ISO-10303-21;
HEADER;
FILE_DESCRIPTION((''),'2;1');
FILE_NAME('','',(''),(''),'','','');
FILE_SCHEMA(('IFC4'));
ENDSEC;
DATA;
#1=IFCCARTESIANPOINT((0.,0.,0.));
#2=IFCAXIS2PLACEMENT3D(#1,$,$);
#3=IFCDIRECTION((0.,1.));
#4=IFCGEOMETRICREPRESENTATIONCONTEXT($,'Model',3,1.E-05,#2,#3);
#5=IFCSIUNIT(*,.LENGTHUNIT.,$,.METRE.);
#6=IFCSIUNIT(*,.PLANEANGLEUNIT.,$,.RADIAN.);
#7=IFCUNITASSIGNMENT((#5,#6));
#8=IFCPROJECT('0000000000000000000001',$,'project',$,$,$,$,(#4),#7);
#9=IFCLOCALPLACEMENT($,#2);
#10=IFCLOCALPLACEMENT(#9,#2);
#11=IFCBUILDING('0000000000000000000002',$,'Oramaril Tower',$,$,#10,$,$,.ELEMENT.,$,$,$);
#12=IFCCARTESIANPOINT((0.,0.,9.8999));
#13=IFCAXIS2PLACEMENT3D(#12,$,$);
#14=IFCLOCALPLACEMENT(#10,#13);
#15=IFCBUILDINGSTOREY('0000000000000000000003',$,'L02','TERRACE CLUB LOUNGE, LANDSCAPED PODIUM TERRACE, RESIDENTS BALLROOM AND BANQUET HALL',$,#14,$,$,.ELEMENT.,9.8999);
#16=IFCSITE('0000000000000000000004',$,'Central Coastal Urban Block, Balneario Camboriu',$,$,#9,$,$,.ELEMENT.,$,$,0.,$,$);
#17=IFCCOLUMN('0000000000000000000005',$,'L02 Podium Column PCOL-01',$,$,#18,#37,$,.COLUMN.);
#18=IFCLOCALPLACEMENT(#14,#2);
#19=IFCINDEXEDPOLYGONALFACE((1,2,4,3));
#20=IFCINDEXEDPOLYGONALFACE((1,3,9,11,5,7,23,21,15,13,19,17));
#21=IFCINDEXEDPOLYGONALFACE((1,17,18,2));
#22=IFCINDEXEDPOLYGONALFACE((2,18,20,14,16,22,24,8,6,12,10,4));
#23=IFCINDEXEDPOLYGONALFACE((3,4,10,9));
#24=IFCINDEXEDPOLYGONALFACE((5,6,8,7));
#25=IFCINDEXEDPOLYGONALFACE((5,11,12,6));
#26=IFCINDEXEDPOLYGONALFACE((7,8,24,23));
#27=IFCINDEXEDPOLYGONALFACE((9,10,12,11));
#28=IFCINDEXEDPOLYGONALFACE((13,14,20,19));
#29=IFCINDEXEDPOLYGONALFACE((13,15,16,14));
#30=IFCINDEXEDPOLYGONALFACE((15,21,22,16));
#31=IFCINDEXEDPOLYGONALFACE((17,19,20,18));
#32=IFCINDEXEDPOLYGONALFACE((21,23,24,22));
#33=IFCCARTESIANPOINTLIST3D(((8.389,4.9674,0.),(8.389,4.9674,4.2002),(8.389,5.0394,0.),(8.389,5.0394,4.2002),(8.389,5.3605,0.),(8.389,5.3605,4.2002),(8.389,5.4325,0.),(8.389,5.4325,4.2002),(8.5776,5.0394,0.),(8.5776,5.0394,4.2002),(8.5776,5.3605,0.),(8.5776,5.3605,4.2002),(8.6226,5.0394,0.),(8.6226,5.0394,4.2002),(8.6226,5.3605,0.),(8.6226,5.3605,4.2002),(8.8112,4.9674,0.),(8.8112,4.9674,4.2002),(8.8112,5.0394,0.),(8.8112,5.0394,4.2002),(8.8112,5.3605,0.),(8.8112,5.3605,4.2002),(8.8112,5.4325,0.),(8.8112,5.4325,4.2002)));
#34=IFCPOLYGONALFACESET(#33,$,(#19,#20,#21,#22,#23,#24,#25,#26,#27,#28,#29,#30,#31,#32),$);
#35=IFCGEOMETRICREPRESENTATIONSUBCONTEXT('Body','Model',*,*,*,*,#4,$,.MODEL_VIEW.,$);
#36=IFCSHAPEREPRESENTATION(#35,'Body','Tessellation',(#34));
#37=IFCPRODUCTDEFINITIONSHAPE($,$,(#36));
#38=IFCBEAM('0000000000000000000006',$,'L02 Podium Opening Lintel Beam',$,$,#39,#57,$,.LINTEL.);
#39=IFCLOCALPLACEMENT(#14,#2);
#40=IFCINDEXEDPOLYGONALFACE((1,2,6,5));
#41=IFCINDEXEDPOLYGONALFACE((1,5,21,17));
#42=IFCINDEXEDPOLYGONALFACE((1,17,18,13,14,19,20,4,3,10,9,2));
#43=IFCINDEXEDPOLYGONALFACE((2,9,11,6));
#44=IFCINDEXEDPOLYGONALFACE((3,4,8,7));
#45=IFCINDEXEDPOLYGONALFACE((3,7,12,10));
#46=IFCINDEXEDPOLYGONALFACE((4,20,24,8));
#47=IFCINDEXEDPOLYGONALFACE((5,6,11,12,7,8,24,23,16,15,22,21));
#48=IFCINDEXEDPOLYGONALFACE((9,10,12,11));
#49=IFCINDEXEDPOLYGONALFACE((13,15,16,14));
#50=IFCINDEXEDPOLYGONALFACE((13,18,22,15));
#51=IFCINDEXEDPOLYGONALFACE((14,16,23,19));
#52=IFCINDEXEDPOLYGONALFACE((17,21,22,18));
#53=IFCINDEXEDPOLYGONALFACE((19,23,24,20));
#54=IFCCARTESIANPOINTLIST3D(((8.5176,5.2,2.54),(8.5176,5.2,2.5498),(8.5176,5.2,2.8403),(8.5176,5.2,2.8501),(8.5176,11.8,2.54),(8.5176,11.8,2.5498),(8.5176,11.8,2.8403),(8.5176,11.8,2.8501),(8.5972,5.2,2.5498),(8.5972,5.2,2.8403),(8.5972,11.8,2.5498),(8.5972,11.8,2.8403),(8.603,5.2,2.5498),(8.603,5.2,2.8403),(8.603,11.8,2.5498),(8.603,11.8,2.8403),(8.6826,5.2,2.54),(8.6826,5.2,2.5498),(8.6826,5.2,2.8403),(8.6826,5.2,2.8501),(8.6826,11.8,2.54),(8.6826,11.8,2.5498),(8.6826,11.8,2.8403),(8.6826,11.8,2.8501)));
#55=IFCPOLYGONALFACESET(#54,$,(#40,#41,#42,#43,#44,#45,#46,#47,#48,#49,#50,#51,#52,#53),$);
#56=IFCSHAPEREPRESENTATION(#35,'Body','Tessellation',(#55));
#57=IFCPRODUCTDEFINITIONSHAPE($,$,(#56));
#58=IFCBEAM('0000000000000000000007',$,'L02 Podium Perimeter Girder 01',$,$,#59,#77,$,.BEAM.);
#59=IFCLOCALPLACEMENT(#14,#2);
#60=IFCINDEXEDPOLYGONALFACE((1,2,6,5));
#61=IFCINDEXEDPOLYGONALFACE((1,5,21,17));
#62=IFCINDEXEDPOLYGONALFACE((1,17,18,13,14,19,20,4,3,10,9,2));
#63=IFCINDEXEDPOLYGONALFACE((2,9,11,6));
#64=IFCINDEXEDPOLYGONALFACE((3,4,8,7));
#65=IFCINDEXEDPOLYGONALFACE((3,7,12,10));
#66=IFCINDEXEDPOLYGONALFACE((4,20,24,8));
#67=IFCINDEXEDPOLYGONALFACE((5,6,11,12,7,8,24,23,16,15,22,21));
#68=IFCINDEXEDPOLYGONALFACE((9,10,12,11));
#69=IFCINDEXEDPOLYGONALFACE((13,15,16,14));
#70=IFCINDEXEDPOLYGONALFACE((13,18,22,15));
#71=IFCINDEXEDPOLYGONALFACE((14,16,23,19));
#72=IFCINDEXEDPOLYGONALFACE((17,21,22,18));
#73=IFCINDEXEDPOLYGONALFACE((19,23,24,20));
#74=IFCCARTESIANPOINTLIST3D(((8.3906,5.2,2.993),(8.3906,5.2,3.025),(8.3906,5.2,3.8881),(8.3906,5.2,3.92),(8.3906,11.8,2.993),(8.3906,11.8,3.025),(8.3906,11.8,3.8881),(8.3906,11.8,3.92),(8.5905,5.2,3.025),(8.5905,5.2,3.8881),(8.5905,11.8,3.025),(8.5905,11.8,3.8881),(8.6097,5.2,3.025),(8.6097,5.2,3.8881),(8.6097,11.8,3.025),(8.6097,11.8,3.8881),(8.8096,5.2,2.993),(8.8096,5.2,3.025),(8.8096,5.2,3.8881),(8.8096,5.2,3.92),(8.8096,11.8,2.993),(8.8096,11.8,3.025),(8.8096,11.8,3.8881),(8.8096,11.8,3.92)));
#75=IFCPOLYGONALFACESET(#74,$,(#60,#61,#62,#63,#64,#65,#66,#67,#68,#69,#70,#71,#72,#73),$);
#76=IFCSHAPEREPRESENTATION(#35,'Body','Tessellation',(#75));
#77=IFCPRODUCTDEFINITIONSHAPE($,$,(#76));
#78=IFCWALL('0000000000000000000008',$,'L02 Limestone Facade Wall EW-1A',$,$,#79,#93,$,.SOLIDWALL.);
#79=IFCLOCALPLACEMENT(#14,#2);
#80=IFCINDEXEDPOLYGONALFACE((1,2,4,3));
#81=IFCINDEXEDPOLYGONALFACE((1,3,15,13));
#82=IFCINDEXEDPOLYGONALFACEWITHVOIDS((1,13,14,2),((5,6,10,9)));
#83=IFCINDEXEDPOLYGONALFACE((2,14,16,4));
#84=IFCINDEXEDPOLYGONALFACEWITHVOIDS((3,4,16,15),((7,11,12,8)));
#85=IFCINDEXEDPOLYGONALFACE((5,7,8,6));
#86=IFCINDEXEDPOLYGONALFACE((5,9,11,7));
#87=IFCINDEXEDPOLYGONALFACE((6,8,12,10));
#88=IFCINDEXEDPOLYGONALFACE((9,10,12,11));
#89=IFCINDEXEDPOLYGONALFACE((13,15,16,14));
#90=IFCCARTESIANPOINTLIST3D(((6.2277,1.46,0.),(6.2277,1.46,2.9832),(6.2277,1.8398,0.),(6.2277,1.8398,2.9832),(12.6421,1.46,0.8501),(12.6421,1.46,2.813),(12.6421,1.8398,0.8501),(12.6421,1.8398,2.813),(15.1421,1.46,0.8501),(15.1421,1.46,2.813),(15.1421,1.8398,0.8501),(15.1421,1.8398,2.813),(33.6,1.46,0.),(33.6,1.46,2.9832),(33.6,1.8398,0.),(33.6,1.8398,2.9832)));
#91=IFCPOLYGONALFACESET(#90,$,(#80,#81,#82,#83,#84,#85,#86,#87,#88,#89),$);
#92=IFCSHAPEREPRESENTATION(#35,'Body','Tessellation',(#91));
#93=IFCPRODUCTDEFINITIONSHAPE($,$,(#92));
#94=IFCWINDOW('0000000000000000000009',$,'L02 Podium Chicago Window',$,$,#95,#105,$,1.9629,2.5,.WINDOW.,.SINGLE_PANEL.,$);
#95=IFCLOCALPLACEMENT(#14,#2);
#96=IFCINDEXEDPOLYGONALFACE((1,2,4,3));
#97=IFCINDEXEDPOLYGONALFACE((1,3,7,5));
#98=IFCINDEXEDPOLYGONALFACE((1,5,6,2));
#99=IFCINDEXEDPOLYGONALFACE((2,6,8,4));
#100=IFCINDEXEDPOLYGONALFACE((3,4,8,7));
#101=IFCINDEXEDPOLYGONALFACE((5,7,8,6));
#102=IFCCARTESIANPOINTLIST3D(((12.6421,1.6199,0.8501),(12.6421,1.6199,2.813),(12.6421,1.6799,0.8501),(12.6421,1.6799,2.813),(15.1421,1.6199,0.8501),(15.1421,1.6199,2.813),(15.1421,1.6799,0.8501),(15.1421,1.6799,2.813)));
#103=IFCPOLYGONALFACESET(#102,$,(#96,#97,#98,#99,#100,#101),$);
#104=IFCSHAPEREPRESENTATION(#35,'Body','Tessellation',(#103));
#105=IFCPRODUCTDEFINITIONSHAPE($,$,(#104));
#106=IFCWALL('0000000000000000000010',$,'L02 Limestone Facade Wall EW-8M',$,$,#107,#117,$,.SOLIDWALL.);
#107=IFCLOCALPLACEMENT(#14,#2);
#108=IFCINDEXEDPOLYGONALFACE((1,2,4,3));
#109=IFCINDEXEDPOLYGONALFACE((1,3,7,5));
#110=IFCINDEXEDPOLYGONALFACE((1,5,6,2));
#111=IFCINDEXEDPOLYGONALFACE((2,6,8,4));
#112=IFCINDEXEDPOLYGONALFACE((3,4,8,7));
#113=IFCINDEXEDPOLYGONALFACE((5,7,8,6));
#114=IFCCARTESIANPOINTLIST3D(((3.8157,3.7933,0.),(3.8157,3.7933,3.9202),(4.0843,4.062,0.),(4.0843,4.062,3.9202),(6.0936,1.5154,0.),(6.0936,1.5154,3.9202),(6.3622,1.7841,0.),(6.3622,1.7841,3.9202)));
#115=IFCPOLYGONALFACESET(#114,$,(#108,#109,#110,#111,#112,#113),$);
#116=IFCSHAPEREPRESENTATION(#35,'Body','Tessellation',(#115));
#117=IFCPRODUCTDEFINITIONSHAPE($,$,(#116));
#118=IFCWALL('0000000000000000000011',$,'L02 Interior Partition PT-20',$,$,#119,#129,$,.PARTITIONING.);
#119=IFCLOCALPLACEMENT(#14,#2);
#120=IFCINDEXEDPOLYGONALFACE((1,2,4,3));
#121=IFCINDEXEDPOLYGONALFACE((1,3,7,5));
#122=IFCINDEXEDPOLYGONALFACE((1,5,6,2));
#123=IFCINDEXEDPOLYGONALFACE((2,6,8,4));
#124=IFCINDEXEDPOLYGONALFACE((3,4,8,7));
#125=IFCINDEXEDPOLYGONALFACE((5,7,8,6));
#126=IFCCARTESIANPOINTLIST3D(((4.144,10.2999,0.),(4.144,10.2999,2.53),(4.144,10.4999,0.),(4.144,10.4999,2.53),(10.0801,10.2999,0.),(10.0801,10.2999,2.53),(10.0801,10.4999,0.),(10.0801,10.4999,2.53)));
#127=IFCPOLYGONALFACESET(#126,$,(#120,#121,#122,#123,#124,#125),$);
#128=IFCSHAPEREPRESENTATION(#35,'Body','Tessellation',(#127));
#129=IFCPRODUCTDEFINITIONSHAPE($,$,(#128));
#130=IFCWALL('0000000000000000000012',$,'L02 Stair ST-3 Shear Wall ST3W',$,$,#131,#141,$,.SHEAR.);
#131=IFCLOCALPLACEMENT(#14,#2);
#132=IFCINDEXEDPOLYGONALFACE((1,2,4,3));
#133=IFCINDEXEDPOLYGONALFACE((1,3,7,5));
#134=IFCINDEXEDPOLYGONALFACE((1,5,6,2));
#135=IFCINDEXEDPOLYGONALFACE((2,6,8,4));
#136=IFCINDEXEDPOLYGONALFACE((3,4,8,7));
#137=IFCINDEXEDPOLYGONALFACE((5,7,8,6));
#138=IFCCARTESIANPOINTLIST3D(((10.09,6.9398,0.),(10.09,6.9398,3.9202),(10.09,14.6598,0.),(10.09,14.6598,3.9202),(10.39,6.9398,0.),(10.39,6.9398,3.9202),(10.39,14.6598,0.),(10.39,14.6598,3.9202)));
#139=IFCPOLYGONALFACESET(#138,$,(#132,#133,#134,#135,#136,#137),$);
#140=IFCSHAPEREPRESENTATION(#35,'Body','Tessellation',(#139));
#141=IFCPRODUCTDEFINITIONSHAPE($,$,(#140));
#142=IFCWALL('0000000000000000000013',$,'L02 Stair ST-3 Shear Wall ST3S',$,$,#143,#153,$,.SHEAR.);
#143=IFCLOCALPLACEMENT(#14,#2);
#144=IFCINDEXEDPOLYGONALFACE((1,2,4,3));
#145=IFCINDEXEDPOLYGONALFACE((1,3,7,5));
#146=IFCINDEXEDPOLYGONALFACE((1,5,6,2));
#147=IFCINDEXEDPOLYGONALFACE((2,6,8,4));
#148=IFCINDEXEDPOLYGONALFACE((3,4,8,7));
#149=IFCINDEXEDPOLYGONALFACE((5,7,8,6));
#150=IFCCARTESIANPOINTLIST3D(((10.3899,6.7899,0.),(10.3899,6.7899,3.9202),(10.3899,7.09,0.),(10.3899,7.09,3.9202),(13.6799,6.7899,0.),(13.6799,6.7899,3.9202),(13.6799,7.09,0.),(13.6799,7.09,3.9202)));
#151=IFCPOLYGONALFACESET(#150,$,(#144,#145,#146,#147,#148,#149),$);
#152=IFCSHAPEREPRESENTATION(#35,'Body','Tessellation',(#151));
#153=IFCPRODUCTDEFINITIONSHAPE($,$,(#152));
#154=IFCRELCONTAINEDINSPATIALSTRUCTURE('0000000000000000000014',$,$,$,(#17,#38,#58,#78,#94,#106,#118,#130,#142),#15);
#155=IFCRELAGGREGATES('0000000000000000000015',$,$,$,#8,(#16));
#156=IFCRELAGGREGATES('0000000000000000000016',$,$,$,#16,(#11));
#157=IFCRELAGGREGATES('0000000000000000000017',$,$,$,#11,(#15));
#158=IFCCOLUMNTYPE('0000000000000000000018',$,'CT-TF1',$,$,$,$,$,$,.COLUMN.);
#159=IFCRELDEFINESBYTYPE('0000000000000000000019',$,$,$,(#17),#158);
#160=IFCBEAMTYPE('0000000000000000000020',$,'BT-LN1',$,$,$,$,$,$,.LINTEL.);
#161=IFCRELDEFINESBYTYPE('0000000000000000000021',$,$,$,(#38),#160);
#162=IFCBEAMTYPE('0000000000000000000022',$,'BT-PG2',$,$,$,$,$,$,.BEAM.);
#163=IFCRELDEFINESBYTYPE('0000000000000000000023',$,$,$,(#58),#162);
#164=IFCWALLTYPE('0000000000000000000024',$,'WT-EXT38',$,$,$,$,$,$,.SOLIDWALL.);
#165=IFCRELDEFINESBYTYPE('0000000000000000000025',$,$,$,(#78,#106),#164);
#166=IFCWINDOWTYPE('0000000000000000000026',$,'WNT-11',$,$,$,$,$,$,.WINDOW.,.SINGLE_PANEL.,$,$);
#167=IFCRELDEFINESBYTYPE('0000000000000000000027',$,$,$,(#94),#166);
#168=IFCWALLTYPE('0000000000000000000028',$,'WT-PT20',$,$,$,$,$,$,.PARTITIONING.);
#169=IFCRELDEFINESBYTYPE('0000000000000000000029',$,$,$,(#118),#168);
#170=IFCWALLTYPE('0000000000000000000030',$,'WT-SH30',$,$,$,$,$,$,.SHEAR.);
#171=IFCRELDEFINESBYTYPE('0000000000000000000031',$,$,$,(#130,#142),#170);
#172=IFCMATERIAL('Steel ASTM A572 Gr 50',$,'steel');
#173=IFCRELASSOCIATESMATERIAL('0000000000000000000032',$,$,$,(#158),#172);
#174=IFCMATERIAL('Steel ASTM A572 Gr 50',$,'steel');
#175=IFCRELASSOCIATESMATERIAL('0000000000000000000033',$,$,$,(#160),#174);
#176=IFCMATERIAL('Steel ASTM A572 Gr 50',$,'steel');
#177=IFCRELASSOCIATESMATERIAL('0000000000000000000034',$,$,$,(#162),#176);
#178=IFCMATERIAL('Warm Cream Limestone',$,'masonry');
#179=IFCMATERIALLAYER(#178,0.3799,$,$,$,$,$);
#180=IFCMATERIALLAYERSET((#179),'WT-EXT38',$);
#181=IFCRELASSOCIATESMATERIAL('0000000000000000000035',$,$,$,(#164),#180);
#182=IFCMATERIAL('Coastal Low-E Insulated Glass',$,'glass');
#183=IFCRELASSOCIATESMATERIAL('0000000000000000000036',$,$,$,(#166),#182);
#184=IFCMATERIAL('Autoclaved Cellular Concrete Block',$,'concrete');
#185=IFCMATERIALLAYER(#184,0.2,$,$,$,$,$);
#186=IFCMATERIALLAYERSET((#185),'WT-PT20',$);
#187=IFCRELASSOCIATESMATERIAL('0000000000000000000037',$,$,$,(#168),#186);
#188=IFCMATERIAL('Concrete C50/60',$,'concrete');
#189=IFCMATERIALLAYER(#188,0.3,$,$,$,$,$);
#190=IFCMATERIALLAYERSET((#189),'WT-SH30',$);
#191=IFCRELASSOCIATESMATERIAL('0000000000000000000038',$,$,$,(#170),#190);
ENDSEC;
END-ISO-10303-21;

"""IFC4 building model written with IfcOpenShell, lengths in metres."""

from ifc_helpers import new_model, si_unit, direction, frame, frame_2d, origin, origin_2d, place, context, subcontext, project, spatial, rectangle, i_section, extrude, material, layer, layer_set, material_profile, profile_set, type_object, element, fill, save


model = new_model("IFC4")

# Units and contexts
model_context = context("Model", 3, precision=1e-05, world=origin(), true_north=direction((0.0, 1.0)))
body_context = subcontext(model_context, "Body", "Model", "MODEL_VIEW")
ifc_project = project(units=[si_unit("LENGTHUNIT", "METRE"), si_unit("PLANEANGLEUNIT", "RADIAN")], contexts=[model_context])

# Site, building, storey
site_placement = place(None, origin())
site = spatial("IfcSite", under=ifc_project, at=site_placement, Name="Central Coastal Urban Block, Balneario Camboriu", CompositionType="ELEMENT", RefElevation=0.0)
building_placement = place(site_placement, origin())
building = spatial("IfcBuilding", under=site, at=building_placement, Name="Oramaril Tower", CompositionType="ELEMENT")
storey_placement = place(building_placement, frame((0.0, 0.0, 9.8999)))
storey = spatial("IfcBuildingStorey", under=building, at=storey_placement, Name="L02", Description="TERRACE CLUB LOUNGE, LANDSCAPED PODIUM TERRACE, RESIDENTS BALLROOM AND BANQUET HALL", CompositionType="ELEMENT", Elevation=9.8999)

# Column
ifc_material_1 = material(Name="Steel ASTM A572 Gr 50", Category="steel")
ifc_material_profile_1 = material_profile(ifc_material_1, i_section(OverallWidth=0.4221, OverallDepth=0.4651, WebThickness=0.0449, FlangeThickness=0.072, at=origin_2d()), Name="W14X398")
ifc_profile_set_1 = profile_set([ifc_material_profile_1], Name="Steel ASTM A572 Gr 50")
column_type = type_object("IfcColumnType", Name="CT-TF1", PredefinedType="COLUMN", material=ifc_profile_set_1)
column_placement = place(storey_placement, frame((8.6001, 5.2, 0.0), z_axis=(0.0, 0.0, 1.0), x_axis=(1.0, 0.0, 0.0)))
element("IfcColumn", 1, at=column_placement, inside=storey, type_object=column_type, Name="L02 Podium Column PCOL-01", PredefinedType="COLUMN", context=body_context, shape_type="SweptSolid", body=[
    extrude(i_section(OverallWidth=0.4221, OverallDepth=0.4651, WebThickness=0.0449, FlangeThickness=0.072, at=origin_2d()), origin(), (0.0, 0.0, 1.0), 4.2002),
])

# Beams
ifc_material_2 = material(Name="Steel ASTM A572 Gr 50", Category="steel")
ifc_material_profile_2 = material_profile(ifc_material_2, i_section(OverallWidth=0.165, OverallDepth=0.3101, WebThickness=0.0059, FlangeThickness=0.0098, at=origin_2d()), Name="W12X26")
ifc_profile_set_2 = profile_set([ifc_material_profile_2], Name="Steel ASTM A572 Gr 50")
beam_type_1 = type_object("IfcBeamType", Name="BT-LN1", PredefinedType="LINTEL", material=ifc_profile_set_2)
beam_1_placement = place(storey_placement, frame((8.6001, 5.2, 2.6951), z_axis=(0.0, 1.0, 0.0), x_axis=(-1.0, 0.0, 0.0)))
element("IfcBeam", 2, at=beam_1_placement, inside=storey, type_object=beam_type_1, Name="L02 Podium Opening Lintel Beam", PredefinedType="LINTEL", context=body_context, shape_type="SweptSolid", body=[
    extrude(i_section(OverallWidth=0.165, OverallDepth=0.3101, WebThickness=0.0059, FlangeThickness=0.0098, at=origin_2d()), origin(), (0.0, 0.0, 1.0), 6.6001),
])
ifc_material_3 = material(Name="Steel ASTM A572 Gr 50", Category="steel")
ifc_material_profile_3 = material_profile(ifc_material_3, i_section(OverallWidth=0.4189, OverallDepth=0.927, WebThickness=0.0193, FlangeThickness=0.032, at=origin_2d()), Name="W36X231")
ifc_profile_set_3 = profile_set([ifc_material_profile_3], Name="Steel ASTM A572 Gr 50")
beam_type_2 = type_object("IfcBeamType", Name="BT-PG2", PredefinedType="BEAM", material=ifc_profile_set_3)
beam_2_placement = place(storey_placement, frame((8.6001, 5.2, 3.4565), z_axis=(0.0, 1.0, 0.0), x_axis=(-1.0, 0.0, 0.0)))
element("IfcBeam", 3, at=beam_2_placement, inside=storey, type_object=beam_type_2, Name="L02 Podium Perimeter Girder 01", PredefinedType="BEAM", context=body_context, shape_type="SweptSolid", body=[
    extrude(i_section(OverallWidth=0.4189, OverallDepth=0.927, WebThickness=0.0193, FlangeThickness=0.032, at=origin_2d()), origin(), (0.0, 0.0, 1.0), 6.6001),
])

# Wall, opening, window
ifc_material_4 = material(Name="Warm Cream Limestone", Category="masonry")
ifc_layer_1 = layer(ifc_material_4, 0.3799)
ifc_layer_set_1 = layer_set([ifc_layer_1], Name="WT-EXT38")
wall_type_1 = type_object("IfcWallType", Name="WT-EXT38", PredefinedType="SOLIDWALL", material=ifc_layer_set_1)
wall_1_placement = place(storey_placement, frame((6.2278, 1.6499, 0.0), z_axis=(0.0, 0.0, 1.0), x_axis=(1.0, 0.0, 0.0)))
wall_1 = element("IfcWall", 4, at=wall_1_placement, inside=storey, type_object=wall_type_1, Name="L02 Limestone Facade Wall EW-1A", PredefinedType="SOLIDWALL", context=body_context, shape_type="SweptSolid", body=[
    extrude(rectangle(XDim=27.3723, YDim=0.3799, at=frame_2d((13.686, 0.0))), origin(), (0.0, 0.0, 1.0), 2.9832),
])
opening_placement = place(wall_1_placement, frame((6.4143, 0.0, 0.8501)))
opening = element("IfcOpeningElement", 5, at=opening_placement, cuts=wall_1, PredefinedType="OPENING", context=body_context, shape_type="SweptSolid", body=[
    extrude(rectangle(XDim=2.5, YDim=1.9629, at=frame_2d((1.25, 0.9814))), frame((0.0, 0.1899, 0.0), z_axis=(0.0, -1.0, 0.0), x_axis=(1.0, 0.0, 0.0)), (0.0, 0.0, 1.0), 0.3799),
])
ifc_material_5 = material(Name="Coastal Low-E Insulated Glass", Category="glass")
window_type = type_object("IfcWindowType", Name="WNT-11", PartitioningType="SINGLE_PANEL", PredefinedType="WINDOW", material=ifc_material_5)
window_placement = place(opening_placement, origin())
window = element("IfcWindow", 6, at=window_placement, inside=storey, type_object=window_type, Name="L02 Podium Chicago Window", OverallHeight=1.9629, OverallWidth=2.5, PartitioningType="SINGLE_PANEL", PredefinedType="WINDOW", context=body_context, shape_type="SweptSolid", body=[
    extrude(rectangle(XDim=2.5, YDim=1.9629, at=frame_2d((1.25, 0.9814))), frame((0.0, 0.03, 0.0), z_axis=(0.0, -1.0, 0.0), x_axis=(1.0, 0.0, 0.0)), (0.0, 0.0, 1.0), 0.0601),
])
fill(opening, window)

# Walls
wall_2_placement = place(storey_placement, frame((3.95, 3.9277, 0.0), z_axis=(0.0, 0.0, 1.0), x_axis=(0.707107, -0.707107, 0.0)))
element("IfcWall", 7, at=wall_2_placement, inside=storey, type_object=wall_type_1, Name="L02 Limestone Facade Wall EW-8M", PredefinedType="SOLIDWALL", context=body_context, shape_type="SweptSolid", body=[
    extrude(rectangle(XDim=3.2214, YDim=0.3799, at=frame_2d((1.6108, 0.0))), origin(), (0.0, 0.0, 1.0), 3.9202),
])
ifc_material_6 = material(Name="Autoclaved Cellular Concrete Block", Category="concrete")
ifc_layer_2 = layer(ifc_material_6, 0.2)
ifc_layer_set_2 = layer_set([ifc_layer_2], Name="WT-PT20")
wall_type_2 = type_object("IfcWallType", Name="WT-PT20", PredefinedType="PARTITIONING", material=ifc_layer_set_2)
wall_3_placement = place(storey_placement, frame((4.144, 10.3999, 0.0), z_axis=(0.0, 0.0, 1.0), x_axis=(1.0, 0.0, 0.0)))
element("IfcWall", 8, at=wall_3_placement, inside=storey, type_object=wall_type_2, Name="L02 Interior Partition PT-20", PredefinedType="PARTITIONING", context=body_context, shape_type="SweptSolid", body=[
    extrude(rectangle(XDim=5.936, YDim=0.2, at=frame_2d((2.968, 0.0))), origin(), (0.0, 0.0, 1.0), 2.53),
])
ifc_material_7 = material(Name="Concrete C50/60", Category="concrete")
ifc_layer_3 = layer(ifc_material_7, 0.3)
ifc_layer_set_3 = layer_set([ifc_layer_3], Name="WT-SH30")
wall_type_3 = type_object("IfcWallType", Name="WT-SH30", PredefinedType="SHEAR", material=ifc_layer_set_3)
wall_4_placement = place(storey_placement, frame((10.24, 6.9399, 0.0), z_axis=(0.0, 0.0, 1.0), x_axis=(0.0, 1.0, 0.0)))
element("IfcWall", 9, at=wall_4_placement, inside=storey, type_object=wall_type_3, Name="L02 Stair ST-3 Shear Wall ST3W", PredefinedType="SHEAR", context=body_context, shape_type="SweptSolid", body=[
    extrude(rectangle(XDim=7.72, YDim=0.3, at=frame_2d((3.8599, 0.0))), origin(), (0.0, 0.0, 1.0), 3.9202),
])
wall_5_placement = place(storey_placement, frame((10.3899, 6.9399, 0.0), z_axis=(0.0, 0.0, 1.0), x_axis=(1.0, 0.0, 0.0)))
element("IfcWall", 10, at=wall_5_placement, inside=storey, type_object=wall_type_3, Name="L02 Stair ST-3 Shear Wall ST3S", PredefinedType="SHEAR", context=body_context, shape_type="SweptSolid", body=[
    extrude(rectangle(XDim=3.29, YDim=0.3, at=frame_2d((1.645, 0.0))), origin(), (0.0, 0.0, 1.0), 3.9202),
])

save(model, "model.ifc")
